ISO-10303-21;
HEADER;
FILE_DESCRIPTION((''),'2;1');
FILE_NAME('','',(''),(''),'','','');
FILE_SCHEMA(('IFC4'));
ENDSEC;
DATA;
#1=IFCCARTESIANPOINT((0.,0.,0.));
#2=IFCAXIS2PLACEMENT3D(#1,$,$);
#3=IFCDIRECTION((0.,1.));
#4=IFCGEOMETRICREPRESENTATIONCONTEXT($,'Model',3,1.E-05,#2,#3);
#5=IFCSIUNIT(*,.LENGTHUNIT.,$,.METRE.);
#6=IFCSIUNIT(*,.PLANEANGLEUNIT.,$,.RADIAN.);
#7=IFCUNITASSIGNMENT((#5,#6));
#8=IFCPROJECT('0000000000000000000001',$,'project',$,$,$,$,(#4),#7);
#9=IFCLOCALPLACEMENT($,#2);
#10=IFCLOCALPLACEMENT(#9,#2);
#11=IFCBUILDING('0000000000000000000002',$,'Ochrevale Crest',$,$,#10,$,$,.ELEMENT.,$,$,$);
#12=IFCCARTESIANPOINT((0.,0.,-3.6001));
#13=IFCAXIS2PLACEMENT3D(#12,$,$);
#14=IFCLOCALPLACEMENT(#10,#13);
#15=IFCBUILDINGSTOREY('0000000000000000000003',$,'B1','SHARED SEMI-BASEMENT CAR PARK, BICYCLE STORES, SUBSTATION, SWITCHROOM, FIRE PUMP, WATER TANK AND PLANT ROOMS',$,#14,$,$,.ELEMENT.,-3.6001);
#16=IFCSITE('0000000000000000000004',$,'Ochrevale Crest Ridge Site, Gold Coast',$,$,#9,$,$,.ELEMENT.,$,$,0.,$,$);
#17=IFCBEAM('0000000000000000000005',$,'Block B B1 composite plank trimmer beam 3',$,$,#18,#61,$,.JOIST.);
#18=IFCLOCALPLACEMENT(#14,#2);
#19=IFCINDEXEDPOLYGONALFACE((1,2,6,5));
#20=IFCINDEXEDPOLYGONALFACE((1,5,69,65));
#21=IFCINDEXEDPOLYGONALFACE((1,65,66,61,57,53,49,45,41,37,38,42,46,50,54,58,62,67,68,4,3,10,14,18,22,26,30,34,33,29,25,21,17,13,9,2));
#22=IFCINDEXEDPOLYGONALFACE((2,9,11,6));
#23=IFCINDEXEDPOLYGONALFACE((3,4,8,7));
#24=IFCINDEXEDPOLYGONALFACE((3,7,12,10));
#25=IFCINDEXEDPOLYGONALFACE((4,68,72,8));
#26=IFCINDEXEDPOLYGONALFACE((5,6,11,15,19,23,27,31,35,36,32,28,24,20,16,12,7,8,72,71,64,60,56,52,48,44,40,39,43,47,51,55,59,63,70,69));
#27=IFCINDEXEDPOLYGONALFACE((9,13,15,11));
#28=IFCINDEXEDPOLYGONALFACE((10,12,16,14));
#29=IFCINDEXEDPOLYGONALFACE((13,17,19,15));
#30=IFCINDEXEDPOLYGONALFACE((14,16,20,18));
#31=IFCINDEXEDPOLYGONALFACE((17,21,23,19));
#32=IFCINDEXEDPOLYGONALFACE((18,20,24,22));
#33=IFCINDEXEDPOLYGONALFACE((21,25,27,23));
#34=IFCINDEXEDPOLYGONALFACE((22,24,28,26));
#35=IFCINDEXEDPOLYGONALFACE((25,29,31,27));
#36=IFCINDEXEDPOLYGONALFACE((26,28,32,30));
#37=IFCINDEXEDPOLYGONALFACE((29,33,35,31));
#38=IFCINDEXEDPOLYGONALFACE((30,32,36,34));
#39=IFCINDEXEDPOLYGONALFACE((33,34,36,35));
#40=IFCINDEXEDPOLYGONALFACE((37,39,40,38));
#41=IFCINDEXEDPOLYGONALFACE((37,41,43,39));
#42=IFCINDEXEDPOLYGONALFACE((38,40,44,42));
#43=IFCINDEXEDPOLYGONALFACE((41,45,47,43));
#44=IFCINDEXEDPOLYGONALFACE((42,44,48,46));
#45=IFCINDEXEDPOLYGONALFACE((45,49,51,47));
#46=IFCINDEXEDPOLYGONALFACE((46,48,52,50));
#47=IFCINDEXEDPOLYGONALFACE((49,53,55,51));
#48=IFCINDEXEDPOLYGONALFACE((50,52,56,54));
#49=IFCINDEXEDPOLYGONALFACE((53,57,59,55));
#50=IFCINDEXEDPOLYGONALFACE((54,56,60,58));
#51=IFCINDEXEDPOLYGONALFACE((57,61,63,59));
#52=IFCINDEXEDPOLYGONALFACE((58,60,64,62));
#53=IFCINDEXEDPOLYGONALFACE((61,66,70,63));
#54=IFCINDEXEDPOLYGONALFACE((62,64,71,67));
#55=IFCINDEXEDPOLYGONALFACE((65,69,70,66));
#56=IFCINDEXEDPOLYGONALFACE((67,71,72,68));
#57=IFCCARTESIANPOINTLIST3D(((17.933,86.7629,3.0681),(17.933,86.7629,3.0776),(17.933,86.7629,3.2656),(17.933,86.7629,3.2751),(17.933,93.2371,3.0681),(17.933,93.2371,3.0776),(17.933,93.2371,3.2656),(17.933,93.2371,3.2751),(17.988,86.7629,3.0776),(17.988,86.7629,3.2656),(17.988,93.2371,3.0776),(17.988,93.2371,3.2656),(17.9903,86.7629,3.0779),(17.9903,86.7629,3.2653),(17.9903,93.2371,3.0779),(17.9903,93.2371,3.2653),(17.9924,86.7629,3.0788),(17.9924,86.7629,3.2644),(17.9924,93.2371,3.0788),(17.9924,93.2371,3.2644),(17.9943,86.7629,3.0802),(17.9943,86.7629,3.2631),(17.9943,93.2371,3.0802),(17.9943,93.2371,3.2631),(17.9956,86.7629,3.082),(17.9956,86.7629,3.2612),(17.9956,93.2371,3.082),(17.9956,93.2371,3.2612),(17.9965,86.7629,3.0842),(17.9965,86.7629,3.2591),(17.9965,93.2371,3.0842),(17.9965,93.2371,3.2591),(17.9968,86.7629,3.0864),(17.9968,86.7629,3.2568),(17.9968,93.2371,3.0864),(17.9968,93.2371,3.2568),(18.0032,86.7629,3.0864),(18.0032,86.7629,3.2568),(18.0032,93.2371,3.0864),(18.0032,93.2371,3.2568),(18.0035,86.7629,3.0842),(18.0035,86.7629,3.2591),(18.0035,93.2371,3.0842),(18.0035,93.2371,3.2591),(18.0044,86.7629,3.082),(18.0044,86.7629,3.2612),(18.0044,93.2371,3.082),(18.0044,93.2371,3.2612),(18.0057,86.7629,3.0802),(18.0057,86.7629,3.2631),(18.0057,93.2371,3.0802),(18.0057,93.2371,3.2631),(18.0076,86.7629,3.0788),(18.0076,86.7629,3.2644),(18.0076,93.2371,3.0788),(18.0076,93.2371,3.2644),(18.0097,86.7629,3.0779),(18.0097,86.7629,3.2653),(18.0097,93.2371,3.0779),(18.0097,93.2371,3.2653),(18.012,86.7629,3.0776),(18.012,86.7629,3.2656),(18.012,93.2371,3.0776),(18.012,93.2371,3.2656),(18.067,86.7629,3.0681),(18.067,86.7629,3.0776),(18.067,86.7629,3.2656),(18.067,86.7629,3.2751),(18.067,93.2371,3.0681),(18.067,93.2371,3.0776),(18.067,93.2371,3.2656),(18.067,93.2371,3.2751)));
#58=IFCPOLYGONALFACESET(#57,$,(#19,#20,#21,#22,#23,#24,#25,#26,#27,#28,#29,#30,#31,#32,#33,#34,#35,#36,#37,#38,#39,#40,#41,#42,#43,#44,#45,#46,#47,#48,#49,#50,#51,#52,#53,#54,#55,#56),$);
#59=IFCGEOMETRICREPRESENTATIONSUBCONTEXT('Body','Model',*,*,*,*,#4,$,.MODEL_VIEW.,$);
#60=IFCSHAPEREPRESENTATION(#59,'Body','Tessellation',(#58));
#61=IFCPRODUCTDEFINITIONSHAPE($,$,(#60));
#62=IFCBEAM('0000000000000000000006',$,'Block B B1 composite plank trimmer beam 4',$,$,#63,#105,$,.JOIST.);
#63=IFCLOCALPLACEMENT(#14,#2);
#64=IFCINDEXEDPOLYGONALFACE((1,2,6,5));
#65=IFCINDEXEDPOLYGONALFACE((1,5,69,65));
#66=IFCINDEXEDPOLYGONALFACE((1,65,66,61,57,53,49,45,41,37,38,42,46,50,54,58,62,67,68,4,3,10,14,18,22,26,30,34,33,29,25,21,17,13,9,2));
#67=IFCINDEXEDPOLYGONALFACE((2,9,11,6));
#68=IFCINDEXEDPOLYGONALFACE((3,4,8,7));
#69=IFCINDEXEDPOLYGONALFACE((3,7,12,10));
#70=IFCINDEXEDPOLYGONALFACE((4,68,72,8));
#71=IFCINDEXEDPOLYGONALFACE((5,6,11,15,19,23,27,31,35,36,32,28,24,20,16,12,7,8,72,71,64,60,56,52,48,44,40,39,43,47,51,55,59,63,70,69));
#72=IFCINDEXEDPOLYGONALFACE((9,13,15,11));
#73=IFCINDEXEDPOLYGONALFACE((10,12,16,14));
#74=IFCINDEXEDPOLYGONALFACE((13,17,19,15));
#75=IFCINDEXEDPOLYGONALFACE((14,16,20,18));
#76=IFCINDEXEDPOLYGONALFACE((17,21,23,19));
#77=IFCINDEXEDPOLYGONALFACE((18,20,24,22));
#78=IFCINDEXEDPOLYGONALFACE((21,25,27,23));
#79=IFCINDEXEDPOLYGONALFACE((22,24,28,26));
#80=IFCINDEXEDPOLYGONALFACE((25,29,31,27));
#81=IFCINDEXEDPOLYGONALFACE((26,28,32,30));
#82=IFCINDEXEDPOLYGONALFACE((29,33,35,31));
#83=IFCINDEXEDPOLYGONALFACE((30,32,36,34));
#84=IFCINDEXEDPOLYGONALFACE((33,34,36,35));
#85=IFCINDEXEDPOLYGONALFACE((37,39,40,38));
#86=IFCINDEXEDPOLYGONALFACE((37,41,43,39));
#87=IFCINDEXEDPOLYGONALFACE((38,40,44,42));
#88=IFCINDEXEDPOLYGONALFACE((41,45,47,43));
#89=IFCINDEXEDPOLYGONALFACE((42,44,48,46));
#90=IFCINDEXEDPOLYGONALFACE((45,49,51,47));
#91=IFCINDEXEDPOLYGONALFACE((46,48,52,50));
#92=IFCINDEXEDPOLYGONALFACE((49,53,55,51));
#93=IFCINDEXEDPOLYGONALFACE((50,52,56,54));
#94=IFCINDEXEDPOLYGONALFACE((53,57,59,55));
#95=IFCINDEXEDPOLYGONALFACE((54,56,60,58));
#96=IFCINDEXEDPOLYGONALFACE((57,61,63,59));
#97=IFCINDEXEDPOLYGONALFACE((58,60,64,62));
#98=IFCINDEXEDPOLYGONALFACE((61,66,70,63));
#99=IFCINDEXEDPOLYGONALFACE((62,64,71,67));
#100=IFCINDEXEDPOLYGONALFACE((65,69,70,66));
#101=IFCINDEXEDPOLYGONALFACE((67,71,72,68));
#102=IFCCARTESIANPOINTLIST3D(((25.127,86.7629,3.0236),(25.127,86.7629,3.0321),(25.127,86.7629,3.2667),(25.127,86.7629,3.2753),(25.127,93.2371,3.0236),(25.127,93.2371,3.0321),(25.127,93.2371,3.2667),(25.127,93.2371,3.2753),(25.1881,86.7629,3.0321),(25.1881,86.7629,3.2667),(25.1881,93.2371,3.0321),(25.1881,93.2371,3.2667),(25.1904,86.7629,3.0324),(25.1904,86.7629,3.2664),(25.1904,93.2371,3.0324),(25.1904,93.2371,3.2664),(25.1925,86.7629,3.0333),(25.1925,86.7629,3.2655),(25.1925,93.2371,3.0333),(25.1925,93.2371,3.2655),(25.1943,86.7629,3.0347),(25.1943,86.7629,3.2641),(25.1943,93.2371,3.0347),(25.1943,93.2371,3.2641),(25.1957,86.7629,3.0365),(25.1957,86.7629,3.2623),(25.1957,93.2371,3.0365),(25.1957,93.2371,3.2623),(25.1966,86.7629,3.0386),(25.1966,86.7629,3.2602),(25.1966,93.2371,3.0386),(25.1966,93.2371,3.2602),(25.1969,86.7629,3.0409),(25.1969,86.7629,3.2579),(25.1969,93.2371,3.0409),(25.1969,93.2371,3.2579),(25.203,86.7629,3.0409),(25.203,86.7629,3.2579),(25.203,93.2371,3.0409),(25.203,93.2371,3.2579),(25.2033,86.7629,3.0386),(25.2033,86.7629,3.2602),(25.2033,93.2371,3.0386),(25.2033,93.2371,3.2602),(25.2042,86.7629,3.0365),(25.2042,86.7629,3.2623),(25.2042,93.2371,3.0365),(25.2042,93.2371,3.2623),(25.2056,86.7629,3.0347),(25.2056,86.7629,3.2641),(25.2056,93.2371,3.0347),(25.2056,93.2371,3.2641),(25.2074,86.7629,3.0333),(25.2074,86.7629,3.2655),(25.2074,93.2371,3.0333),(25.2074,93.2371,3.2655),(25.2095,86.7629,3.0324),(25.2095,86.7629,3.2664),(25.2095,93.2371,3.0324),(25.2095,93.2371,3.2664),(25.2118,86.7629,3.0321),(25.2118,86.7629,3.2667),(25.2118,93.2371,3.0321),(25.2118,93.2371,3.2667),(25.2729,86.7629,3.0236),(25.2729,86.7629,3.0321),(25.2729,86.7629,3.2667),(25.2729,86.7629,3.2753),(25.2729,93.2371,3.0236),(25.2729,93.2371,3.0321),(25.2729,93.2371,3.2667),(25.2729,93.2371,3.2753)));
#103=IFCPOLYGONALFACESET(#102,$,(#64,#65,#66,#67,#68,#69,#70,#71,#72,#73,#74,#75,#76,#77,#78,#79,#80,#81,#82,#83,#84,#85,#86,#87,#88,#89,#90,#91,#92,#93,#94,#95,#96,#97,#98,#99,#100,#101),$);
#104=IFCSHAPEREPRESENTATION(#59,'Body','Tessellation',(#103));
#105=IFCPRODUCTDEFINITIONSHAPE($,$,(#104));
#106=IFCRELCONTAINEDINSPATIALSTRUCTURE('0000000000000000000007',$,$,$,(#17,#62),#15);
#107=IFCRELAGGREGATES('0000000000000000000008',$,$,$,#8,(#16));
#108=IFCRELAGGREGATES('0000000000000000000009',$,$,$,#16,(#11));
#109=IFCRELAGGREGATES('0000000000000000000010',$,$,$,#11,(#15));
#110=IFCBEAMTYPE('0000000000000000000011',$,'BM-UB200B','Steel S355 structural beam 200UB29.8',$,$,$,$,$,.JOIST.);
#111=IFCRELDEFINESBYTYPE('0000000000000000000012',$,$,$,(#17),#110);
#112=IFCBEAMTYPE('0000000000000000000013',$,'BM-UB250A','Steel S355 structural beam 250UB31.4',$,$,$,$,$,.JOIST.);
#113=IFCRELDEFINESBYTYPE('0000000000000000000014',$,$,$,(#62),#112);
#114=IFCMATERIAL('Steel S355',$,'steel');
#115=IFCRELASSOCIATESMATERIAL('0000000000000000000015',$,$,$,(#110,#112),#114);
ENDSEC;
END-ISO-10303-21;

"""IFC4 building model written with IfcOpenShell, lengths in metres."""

from ifc_helpers import new_model, si_unit, direction, frame, origin, origin_2d, place, context, subcontext, project, spatial, i_section, extrude, material, material_profile, profile_set, type_object, element, save


model = new_model("IFC4")

# Units and contexts
model_context = context("Model", 3, precision=1e-05, world=origin(), true_north=direction((0.0, 1.0)))
body_context = subcontext(model_context, "Body", "Model", "MODEL_VIEW")
ifc_project = project(units=[si_unit("LENGTHUNIT", "METRE"), si_unit("PLANEANGLEUNIT", "RADIAN")], contexts=[model_context])

# Site, building, storey
site_placement = place(None, origin())
site = spatial("IfcSite", under=ifc_project, at=site_placement, Name="Ochrevale Crest Ridge Site, Gold Coast", CompositionType="ELEMENT", RefElevation=0.0)
building_placement = place(site_placement, origin())
building = spatial("IfcBuilding", under=site, at=building_placement, Name="Ochrevale Crest", CompositionType="ELEMENT")
storey_placement = place(building_placement, frame((0.0, 0.0, -3.6001)))
storey = spatial("IfcBuildingStorey", under=building, at=storey_placement, Name="B1", Description="SHARED SEMI-BASEMENT CAR PARK, BICYCLE STORES, SUBSTATION, SWITCHROOM, FIRE PUMP, WATER TANK AND PLANT ROOMS", CompositionType="ELEMENT", Elevation=-3.6001)

# Beams
ifc_material_1 = material(Name="Steel S355", Category="steel")
ifc_material_profile_1 = material_profile(ifc_material_1, i_section(OverallWidth=0.134, OverallDepth=0.207, WebThickness=0.0063, FlangeThickness=0.0095, FilletRadius=0.0088, at=origin_2d()), Name="200UB29.8")
ifc_profile_set_1 = profile_set([ifc_material_profile_1], Name="Steel S355")
beam_type_1 = type_object("IfcBeamType", Name="BM-UB200B", Description="Steel S355 structural beam 200UB29.8", PredefinedType="JOIST", material=ifc_profile_set_1)
beam_1_placement = place(storey_placement, frame((18.0, 86.7629, 3.1716), z_axis=(0.0, 1.0, 0.0), x_axis=(-1.0, 0.0, 0.0)))
element("IfcBeam", 1, at=beam_1_placement, inside=storey, type_object=beam_type_1, Name="Block B B1 composite plank trimmer beam 3", PredefinedType="JOIST", context=body_context, shape_type="SweptSolid", body=[
    extrude(i_section(OverallWidth=0.134, OverallDepth=0.207, WebThickness=0.0063, FlangeThickness=0.0095, FilletRadius=0.0088, at=origin_2d()), origin(), (0.0, 0.0, 1.0), 6.4741),
])
ifc_material_profile_2 = material_profile(ifc_material_1, i_section(OverallWidth=0.146, OverallDepth=0.2517, WebThickness=0.0061, FlangeThickness=0.0085, FilletRadius=0.0088, at=origin_2d()), Name="250UB31.4")
ifc_profile_set_2 = profile_set([ifc_material_profile_2], Name="Steel S355")
beam_type_2 = type_object("IfcBeamType", Name="BM-UB250A", Description="Steel S355 structural beam 250UB31.4", PredefinedType="JOIST", material=ifc_profile_set_2)
beam_2_placement = place(storey_placement, frame((25.2, 86.7629, 3.1494), z_axis=(0.0, 1.0, 0.0), x_axis=(-1.0, 0.0, 0.0)))
element("IfcBeam", 2, at=beam_2_placement, inside=storey, type_object=beam_type_2, Name="Block B B1 composite plank trimmer beam 4", PredefinedType="JOIST", context=body_context, shape_type="SweptSolid", body=[
    extrude(i_section(OverallWidth=0.146, OverallDepth=0.2517, WebThickness=0.0061, FlangeThickness=0.0085, FilletRadius=0.0088, at=origin_2d()), origin(), (0.0, 0.0, 1.0), 6.4741),
])

save(model, "model.ifc")
